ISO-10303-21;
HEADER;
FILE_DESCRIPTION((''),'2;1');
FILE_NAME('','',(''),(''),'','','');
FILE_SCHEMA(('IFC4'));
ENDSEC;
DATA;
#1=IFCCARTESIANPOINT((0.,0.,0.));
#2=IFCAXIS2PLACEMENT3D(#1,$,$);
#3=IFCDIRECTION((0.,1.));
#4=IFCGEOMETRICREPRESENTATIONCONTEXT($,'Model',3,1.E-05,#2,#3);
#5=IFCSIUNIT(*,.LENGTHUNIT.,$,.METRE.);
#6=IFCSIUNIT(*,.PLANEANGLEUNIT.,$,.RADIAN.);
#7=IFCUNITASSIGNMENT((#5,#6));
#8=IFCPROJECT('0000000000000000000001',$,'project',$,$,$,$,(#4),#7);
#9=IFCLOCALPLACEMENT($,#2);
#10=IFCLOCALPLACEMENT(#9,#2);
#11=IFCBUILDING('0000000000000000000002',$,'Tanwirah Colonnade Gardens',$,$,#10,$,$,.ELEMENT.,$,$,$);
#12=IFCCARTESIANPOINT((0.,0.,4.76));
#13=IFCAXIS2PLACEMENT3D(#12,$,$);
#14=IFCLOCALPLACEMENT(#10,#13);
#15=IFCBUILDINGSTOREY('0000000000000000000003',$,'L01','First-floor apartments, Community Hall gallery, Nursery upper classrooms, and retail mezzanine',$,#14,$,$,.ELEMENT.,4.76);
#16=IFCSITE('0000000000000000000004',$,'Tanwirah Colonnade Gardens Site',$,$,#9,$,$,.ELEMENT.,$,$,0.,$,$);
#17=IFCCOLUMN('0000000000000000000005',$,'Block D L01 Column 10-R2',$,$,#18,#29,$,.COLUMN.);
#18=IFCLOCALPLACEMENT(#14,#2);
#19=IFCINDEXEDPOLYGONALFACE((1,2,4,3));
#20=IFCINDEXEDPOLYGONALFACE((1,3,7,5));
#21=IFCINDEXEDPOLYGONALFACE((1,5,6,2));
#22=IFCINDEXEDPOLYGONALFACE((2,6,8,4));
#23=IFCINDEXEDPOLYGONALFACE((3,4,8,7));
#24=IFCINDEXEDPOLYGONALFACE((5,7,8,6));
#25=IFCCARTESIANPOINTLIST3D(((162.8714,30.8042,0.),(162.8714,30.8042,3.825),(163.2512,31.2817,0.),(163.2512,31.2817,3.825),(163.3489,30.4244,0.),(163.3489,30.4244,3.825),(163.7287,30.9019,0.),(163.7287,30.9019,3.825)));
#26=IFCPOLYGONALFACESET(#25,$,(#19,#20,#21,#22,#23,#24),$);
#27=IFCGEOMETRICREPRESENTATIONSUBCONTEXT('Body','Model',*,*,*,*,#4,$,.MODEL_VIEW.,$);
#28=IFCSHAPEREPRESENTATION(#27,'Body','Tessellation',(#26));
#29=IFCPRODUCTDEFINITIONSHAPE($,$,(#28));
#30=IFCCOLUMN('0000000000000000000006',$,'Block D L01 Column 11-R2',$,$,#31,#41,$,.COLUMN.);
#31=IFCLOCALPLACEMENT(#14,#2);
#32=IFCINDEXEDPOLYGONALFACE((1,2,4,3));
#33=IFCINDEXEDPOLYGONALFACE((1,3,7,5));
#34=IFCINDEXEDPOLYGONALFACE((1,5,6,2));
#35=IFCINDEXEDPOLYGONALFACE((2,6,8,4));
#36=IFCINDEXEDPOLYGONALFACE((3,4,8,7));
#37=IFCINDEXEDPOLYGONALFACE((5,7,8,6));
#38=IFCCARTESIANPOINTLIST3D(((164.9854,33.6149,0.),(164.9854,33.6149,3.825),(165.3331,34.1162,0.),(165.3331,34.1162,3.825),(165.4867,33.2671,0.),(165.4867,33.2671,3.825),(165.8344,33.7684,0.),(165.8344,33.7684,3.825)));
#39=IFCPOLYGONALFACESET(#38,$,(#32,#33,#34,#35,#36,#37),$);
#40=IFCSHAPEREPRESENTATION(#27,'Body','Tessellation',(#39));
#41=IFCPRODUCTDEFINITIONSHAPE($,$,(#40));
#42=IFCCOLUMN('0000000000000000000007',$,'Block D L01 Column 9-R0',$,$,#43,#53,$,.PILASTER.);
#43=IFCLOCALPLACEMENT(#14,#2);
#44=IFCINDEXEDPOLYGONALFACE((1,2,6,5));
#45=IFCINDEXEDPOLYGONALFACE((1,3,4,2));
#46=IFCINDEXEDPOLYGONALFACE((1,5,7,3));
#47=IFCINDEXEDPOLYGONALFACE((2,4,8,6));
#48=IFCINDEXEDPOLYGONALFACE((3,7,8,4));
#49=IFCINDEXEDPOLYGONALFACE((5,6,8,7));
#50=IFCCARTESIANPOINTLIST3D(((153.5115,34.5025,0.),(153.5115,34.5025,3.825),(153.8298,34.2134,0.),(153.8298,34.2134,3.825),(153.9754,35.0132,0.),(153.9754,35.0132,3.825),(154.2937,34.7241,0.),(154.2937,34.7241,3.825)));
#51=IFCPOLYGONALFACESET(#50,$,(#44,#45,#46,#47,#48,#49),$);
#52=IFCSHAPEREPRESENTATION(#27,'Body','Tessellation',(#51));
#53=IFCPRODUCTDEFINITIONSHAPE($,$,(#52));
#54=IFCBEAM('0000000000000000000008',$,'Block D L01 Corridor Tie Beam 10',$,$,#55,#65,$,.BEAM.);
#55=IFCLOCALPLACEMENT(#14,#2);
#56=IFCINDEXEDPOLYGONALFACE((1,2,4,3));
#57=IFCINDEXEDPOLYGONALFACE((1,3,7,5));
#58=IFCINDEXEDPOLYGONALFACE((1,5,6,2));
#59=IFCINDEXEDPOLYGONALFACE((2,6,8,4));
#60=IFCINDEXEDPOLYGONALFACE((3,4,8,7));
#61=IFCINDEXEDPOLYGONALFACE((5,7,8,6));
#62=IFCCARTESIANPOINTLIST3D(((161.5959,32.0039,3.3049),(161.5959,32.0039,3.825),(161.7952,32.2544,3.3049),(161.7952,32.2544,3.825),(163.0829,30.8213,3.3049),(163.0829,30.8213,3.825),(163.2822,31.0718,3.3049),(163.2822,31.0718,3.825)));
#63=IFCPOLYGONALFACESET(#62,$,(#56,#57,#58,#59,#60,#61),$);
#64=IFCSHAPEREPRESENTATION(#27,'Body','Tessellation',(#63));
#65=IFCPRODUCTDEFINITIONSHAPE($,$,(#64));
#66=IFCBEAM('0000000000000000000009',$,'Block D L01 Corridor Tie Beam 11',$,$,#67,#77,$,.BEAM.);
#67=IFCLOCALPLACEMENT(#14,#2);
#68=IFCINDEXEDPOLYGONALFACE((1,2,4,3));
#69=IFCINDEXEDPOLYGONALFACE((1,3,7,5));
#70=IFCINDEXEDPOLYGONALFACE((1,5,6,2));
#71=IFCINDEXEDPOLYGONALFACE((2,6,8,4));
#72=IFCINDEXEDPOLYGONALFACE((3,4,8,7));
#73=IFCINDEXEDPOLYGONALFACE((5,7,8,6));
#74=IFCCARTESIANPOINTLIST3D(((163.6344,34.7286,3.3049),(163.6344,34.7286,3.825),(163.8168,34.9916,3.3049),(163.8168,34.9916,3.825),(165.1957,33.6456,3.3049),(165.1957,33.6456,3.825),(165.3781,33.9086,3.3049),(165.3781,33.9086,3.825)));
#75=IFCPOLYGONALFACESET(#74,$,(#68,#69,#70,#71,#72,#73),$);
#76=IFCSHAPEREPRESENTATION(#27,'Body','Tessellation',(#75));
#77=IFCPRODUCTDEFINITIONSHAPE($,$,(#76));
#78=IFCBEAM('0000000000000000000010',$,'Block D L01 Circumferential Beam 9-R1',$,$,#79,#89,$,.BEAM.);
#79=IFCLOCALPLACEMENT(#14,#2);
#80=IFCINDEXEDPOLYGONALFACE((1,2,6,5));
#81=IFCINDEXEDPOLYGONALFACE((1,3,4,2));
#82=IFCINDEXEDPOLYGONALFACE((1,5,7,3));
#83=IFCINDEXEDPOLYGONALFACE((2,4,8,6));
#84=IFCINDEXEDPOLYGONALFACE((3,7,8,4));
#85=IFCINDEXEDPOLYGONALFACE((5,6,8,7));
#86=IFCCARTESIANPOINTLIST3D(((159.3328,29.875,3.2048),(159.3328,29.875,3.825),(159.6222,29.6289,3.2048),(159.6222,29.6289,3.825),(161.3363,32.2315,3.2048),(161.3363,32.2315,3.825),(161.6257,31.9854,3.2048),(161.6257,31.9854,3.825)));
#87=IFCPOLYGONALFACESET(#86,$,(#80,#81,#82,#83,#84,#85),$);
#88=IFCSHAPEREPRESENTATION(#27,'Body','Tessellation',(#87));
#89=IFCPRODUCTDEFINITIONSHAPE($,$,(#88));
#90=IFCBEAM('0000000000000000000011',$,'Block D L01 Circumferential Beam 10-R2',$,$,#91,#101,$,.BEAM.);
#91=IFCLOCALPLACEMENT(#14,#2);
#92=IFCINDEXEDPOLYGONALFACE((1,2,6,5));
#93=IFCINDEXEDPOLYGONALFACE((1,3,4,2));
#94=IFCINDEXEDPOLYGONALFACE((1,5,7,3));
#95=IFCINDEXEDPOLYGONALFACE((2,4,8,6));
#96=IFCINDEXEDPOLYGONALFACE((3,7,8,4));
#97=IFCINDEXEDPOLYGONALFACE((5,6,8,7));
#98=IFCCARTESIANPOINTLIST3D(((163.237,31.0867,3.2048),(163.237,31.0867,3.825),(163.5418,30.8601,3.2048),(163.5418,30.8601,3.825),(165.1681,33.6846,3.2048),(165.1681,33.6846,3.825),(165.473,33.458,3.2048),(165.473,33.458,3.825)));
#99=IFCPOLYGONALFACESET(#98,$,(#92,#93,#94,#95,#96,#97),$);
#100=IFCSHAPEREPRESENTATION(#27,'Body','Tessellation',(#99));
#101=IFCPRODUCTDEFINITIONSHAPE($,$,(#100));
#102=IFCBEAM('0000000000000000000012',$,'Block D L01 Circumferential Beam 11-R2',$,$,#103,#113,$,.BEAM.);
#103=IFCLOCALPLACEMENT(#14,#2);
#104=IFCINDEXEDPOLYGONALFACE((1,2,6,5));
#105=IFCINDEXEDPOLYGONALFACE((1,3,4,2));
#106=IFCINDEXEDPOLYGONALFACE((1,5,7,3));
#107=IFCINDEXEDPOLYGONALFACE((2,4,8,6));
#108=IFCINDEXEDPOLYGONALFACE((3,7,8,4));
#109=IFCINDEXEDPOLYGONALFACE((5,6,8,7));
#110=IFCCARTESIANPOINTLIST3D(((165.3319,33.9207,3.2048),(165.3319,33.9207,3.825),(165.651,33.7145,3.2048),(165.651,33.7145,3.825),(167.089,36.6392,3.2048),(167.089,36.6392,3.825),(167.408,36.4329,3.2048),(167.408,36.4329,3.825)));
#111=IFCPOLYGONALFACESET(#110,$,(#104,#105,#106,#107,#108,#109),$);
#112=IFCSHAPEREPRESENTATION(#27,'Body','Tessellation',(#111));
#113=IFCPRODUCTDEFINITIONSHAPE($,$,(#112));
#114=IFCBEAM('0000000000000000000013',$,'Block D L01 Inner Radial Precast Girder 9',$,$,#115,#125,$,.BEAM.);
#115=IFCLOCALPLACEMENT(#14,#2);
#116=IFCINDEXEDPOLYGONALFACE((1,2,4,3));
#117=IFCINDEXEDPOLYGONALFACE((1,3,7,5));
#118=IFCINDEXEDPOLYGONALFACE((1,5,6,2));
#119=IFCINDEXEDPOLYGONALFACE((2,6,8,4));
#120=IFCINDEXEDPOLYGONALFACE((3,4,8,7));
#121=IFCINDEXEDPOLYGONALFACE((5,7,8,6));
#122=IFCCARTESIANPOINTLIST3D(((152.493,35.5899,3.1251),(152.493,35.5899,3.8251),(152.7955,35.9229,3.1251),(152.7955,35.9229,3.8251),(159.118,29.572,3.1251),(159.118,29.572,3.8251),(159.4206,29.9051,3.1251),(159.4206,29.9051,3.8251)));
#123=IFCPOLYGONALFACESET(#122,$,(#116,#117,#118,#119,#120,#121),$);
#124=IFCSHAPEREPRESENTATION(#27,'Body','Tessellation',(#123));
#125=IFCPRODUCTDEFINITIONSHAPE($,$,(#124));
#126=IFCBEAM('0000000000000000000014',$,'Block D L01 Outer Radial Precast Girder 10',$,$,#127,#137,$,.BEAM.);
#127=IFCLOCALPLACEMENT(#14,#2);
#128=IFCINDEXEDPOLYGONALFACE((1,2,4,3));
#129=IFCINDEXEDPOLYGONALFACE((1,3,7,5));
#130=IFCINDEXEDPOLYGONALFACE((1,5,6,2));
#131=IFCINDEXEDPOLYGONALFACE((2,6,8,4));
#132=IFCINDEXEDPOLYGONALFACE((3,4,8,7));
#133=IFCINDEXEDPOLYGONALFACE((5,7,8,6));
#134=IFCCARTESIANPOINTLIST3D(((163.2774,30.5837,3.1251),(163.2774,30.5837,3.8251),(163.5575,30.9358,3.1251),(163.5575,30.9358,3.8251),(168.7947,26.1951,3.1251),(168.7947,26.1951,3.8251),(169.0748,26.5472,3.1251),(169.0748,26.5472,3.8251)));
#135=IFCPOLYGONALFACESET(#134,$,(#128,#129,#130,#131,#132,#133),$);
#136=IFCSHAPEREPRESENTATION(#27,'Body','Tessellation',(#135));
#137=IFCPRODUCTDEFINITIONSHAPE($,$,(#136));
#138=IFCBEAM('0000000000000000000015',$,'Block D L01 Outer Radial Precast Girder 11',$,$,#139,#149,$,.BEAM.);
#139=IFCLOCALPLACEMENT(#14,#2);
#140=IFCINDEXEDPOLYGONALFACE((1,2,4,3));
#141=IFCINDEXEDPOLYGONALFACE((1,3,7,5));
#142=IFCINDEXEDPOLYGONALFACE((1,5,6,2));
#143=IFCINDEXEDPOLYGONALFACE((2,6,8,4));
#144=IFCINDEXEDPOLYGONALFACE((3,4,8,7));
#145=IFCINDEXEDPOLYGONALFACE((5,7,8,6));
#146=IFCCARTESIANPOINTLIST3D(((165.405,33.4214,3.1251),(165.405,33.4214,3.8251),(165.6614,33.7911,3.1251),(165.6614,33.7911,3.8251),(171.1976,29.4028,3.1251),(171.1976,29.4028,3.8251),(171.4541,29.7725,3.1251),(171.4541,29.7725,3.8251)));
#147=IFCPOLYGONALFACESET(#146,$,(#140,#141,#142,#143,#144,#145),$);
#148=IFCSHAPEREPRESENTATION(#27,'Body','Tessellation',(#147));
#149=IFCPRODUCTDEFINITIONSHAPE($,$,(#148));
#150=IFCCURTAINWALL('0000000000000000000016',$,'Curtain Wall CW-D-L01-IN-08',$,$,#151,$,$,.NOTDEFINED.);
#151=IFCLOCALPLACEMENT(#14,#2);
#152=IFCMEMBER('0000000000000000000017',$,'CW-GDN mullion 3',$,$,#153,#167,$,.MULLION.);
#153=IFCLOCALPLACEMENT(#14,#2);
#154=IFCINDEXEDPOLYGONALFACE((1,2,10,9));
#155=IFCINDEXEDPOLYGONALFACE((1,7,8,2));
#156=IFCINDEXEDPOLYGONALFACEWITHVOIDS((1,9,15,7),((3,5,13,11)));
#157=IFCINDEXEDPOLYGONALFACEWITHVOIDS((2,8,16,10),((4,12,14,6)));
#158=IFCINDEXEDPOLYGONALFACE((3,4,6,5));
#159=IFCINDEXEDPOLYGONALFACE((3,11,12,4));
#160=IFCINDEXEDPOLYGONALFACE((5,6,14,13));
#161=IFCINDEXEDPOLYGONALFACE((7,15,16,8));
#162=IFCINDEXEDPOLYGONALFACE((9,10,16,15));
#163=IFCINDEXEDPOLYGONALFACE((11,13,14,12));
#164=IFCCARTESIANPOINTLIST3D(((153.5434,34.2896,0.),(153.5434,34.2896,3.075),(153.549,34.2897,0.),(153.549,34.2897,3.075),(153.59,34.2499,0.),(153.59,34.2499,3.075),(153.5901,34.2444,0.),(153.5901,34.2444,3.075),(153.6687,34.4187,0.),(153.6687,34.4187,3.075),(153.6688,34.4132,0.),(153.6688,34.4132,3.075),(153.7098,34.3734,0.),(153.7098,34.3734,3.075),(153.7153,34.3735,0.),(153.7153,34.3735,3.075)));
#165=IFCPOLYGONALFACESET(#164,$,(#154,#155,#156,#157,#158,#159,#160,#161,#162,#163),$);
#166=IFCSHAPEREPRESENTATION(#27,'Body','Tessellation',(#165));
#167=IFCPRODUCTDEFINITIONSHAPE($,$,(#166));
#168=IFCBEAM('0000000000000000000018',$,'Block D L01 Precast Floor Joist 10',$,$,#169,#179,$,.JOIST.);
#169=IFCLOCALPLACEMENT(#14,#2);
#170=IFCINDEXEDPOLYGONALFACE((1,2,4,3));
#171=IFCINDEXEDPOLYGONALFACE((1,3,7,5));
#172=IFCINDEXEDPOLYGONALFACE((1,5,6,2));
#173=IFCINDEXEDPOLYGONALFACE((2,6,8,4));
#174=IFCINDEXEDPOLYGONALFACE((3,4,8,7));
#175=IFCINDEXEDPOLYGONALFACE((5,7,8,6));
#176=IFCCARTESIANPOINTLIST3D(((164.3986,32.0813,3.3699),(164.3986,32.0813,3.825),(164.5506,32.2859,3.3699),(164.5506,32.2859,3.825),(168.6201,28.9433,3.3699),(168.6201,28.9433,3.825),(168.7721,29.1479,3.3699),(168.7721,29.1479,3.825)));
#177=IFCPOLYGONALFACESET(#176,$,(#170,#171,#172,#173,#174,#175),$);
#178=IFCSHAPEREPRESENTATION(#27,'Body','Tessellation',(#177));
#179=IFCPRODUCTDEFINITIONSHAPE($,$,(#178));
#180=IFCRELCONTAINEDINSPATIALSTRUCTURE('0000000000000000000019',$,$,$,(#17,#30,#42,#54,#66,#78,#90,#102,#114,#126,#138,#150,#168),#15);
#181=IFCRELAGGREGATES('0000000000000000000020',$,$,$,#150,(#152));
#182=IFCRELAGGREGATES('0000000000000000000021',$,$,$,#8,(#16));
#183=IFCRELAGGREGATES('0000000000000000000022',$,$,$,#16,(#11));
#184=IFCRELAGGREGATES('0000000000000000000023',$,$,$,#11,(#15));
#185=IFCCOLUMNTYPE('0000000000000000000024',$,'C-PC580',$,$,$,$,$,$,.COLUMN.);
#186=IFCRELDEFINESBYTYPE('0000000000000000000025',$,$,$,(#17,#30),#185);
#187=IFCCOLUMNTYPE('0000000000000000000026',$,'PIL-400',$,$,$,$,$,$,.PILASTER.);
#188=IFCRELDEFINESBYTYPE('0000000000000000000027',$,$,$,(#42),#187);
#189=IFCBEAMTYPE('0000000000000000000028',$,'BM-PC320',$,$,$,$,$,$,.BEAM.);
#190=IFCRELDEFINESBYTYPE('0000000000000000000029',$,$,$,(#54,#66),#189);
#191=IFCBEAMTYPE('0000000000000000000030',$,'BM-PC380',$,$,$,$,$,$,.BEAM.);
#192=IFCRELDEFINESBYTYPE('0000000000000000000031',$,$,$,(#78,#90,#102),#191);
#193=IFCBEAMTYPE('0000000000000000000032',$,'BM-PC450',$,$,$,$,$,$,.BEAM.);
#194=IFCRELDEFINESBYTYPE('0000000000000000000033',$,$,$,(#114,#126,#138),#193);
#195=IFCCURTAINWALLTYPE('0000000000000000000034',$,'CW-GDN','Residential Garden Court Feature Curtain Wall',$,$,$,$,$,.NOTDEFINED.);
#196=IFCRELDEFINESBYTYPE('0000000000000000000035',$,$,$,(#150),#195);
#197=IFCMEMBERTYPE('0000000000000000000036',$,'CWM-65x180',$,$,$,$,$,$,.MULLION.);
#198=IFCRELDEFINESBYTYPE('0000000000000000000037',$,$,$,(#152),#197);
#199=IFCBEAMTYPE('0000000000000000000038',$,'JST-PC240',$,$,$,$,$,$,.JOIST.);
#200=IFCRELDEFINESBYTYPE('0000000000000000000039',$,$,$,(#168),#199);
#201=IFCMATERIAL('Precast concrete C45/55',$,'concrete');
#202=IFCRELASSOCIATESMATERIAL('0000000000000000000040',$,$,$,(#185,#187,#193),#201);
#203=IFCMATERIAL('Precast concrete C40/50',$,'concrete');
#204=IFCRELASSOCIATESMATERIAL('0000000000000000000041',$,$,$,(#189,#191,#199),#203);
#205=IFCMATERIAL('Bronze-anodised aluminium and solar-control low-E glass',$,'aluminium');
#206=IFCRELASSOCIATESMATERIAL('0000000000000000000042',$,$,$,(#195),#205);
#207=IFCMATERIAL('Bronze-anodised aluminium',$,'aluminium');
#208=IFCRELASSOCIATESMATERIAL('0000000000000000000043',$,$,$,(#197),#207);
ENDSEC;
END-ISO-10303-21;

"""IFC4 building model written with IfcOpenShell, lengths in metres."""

from ifc_helpers import new_model, si_unit, direction, frame, origin, origin_2d, place, context, subcontext, project, spatial, rectangle, hollow_rectangle, extrude, material, material_profile, profile_set, type_object, element, aggregate, save


model = new_model("IFC4")

# Units and contexts
model_context = context("Model", 3, precision=1e-05, world=origin(), true_north=direction((0.0, 1.0)))
body_context = subcontext(model_context, "Body", "Model", "MODEL_VIEW")
ifc_project = project(units=[si_unit("LENGTHUNIT", "METRE"), si_unit("PLANEANGLEUNIT", "RADIAN")], contexts=[model_context])

# Site, building, storey
site_placement = place(None, origin())
site = spatial("IfcSite", under=ifc_project, at=site_placement, Name="Tanwirah Colonnade Gardens Site", CompositionType="ELEMENT", RefElevation=0.0)
building_placement = place(site_placement, origin())
building = spatial("IfcBuilding", under=site, at=building_placement, Name="Tanwirah Colonnade Gardens", CompositionType="ELEMENT")
storey_placement = place(building_placement, frame((0.0, 0.0, 4.76)))
storey = spatial("IfcBuildingStorey", under=building, at=storey_placement, Name="L01", Description="First-floor apartments, Community Hall gallery, Nursery upper classrooms, and retail mezzanine", CompositionType="ELEMENT", Elevation=4.76)

# Columns
ifc_material_1 = material(Name="Precast concrete C45/55", Category="concrete")
ifc_material_profile_1 = material_profile(ifc_material_1, rectangle(XDim=0.6101, YDim=0.6101, at=origin_2d()), Name="PC-COL 610x610")
ifc_profile_set_1 = profile_set([ifc_material_profile_1], Name="Precast concrete C45/55")
column_type_1 = type_object("IfcColumnType", Name="C-PC580", PredefinedType="COLUMN", material=ifc_profile_set_1)
for number, where, z_axis, x_axis, name in (
    (1, (163.3, 30.853, 0.0), (0.0, 0.0, 1.0), (0.782608, -0.622515, 0.0), "Block D L01 Column 10-R2"),
    (2, (165.4099, 33.6917, 0.0), (0.0, 0.0, 1.0), (0.821647, -0.569997, 0.0), "Block D L01 Column 11-R2"),
):
    element("IfcColumn", number, at=place(storey_placement, frame(where, z_axis=z_axis, x_axis=x_axis)), inside=storey, type_object=column_type_1, Name=name, PredefinedType="COLUMN", context=body_context, shape_type="SweptSolid", body=[
        extrude(rectangle(XDim=0.6101, YDim=0.6101, at=origin_2d()), origin(), (0.0, 0.0, 1.0), 3.825),
    ])
ifc_material_profile_2 = material_profile(ifc_material_1, rectangle(XDim=0.4299, YDim=0.6899, at=origin_2d()), Name="PC-PIL 430x690")
ifc_profile_set_2 = profile_set([ifc_material_profile_2], Name="Precast concrete C45/55")
column_type_2 = type_object("IfcColumnType", Name="PIL-400", PredefinedType="PILASTER", material=ifc_profile_set_2)
column_placement = place(storey_placement, frame((153.9026, 34.6133, 0.0), z_axis=(0.0, 0.0, 1.0), x_axis=(0.740218, -0.672367, 0.0)))
element("IfcColumn", 3, at=column_placement, inside=storey, type_object=column_type_2, Name="Block D L01 Column 9-R0", PredefinedType="PILASTER", context=body_context, shape_type="SweptSolid", body=[
    extrude(rectangle(XDim=0.4299, YDim=0.6899, at=origin_2d()), origin(), (0.0, 0.0, 1.0), 3.825),
])

# Beams
ifc_material_2 = material(Name="Precast concrete C40/50", Category="concrete")
ifc_material_profile_3 = material_profile(ifc_material_2, rectangle(XDim=0.3201, YDim=0.52, at=origin_2d()), Name="PC-BM 320x520")
ifc_profile_set_3 = profile_set([ifc_material_profile_3], Name="Precast concrete C40/50")
beam_type_1 = type_object("IfcBeamType", Name="BM-PC320", PredefinedType="BEAM", material=ifc_profile_set_3)
beam_1_placement = place(storey_placement, frame((161.6956, 32.1292, 3.5649), z_axis=(0.782671, -0.622436, 0.0), x_axis=(0.622436, 0.782671, 0.0)))
element("IfcBeam", 4, at=beam_1_placement, inside=storey, type_object=beam_type_1, Name="Block D L01 Corridor Tie Beam 10", PredefinedType="BEAM", context=body_context, shape_type="SweptSolid", body=[
    extrude(rectangle(XDim=0.3201, YDim=0.52, at=origin_2d()), origin(), (0.0, 0.0, 1.0), 1.8999),
])
beam_2_placement = place(storey_placement, frame((163.7256, 34.8601, 3.5649), z_axis=(0.821669, -0.569965, 0.0), x_axis=(0.569965, 0.821669, 0.0)))
element("IfcBeam", 5, at=beam_2_placement, inside=storey, type_object=beam_type_1, Name="Block D L01 Corridor Tie Beam 11", PredefinedType="BEAM", context=body_context, shape_type="SweptSolid", body=[
    extrude(rectangle(XDim=0.3201, YDim=0.52, at=origin_2d()), origin(), (0.0, 0.0, 1.0), 1.9001),
])
ifc_material_profile_4 = material_profile(ifc_material_2, rectangle(XDim=0.3799, YDim=0.6201, at=origin_2d()), Name="PC-BM 380x620")
ifc_profile_set_4 = profile_set([ifc_material_profile_4], Name="Precast concrete C40/50")
beam_type_2 = type_object("IfcBeamType", Name="BM-PC380", PredefinedType="BEAM", material=ifc_profile_set_4)
beam_3_placement = place(storey_placement, frame((159.4775, 29.752, 3.5149), z_axis=(0.647731, 0.761869, 0.0), x_axis=(-0.761869, 0.647731, 0.0)))
element("IfcBeam", 6, at=beam_3_placement, inside=storey, type_object=beam_type_2, Name="Block D L01 Circumferential Beam 9-R1", PredefinedType="BEAM", context=body_context, shape_type="SweptSolid", body=[
    extrude(rectangle(XDim=0.3799, YDim=0.6201, at=origin_2d()), origin(), (0.0, 0.0, 1.0), 3.093),
])
beam_4_placement = place(storey_placement, frame((163.3894, 30.9734, 3.5149), z_axis=(0.596579, 0.802554, 0.0), x_axis=(-0.802554, 0.596579, 0.0)))
element("IfcBeam", 7, at=beam_4_placement, inside=storey, type_object=beam_type_2, Name="Block D L01 Circumferential Beam 10-R2", PredefinedType="BEAM", context=body_context, shape_type="SweptSolid", body=[
    extrude(rectangle(XDim=0.3799, YDim=0.6201, at=origin_2d()), origin(), (0.0, 0.0, 1.0), 3.2371),
])
beam_5_placement = place(storey_placement, frame((165.4915, 33.8176, 3.5149), z_axis=(0.542826, 0.839845, 0.0), x_axis=(-0.839845, 0.542826, 0.0)))
element("IfcBeam", 8, at=beam_5_placement, inside=storey, type_object=beam_type_2, Name="Block D L01 Circumferential Beam 11-R2", PredefinedType="BEAM", context=body_context, shape_type="SweptSolid", body=[
    extrude(rectangle(XDim=0.3799, YDim=0.6201, at=origin_2d()), origin(), (0.0, 0.0, 1.0), 3.2368),
])
ifc_material_profile_5 = material_profile(ifc_material_1, rectangle(XDim=0.45, YDim=0.7, at=origin_2d()), Name="PC-BM 450x700")
ifc_profile_set_5 = profile_set([ifc_material_profile_5], Name="Precast concrete C45/55")
beam_type_3 = type_object("IfcBeamType", Name="BM-PC450", PredefinedType="BEAM", material=ifc_profile_set_5)
beam_6_placement = place(storey_placement, frame((159.2693, 29.7385, 3.4751), z_axis=(-0.740213, 0.672373, 0.0), x_axis=(-0.672373, -0.740213, 0.0)))
element("IfcBeam", 9, at=beam_6_placement, inside=storey, type_object=beam_type_3, Name="Block D L01 Inner Radial Precast Girder 9", PredefinedType="BEAM", context=body_context, shape_type="SweptSolid", body=[
    extrude(rectangle(XDim=0.45, YDim=0.7, at=origin_2d()), origin(), (0.0, 0.0, 1.0), 8.9502),
])
beam_7_placement = place(storey_placement, frame((163.4175, 30.7598, 3.4751), z_axis=(0.782609, -0.622513, 0.0), x_axis=(0.622513, 0.782609, 0.0)))
element("IfcBeam", 10, at=beam_7_placement, inside=storey, type_object=beam_type_3, Name="Block D L01 Outer Radial Precast Girder 10", PredefinedType="BEAM", context=body_context, shape_type="SweptSolid", body=[
    extrude(rectangle(XDim=0.45, YDim=0.7, at=origin_2d()), origin(), (0.0, 0.0, 1.0), 7.0498),
])
beam_8_placement = place(storey_placement, frame((165.5332, 33.6062, 3.4751), z_axis=(0.821647, -0.569997, 0.0), x_axis=(0.569997, 0.821647, 0.0)))
element("IfcBeam", 11, at=beam_8_placement, inside=storey, type_object=beam_type_3, Name="Block D L01 Outer Radial Precast Girder 11", PredefinedType="BEAM", context=body_context, shape_type="SweptSolid", body=[
    extrude(rectangle(XDim=0.45, YDim=0.7, at=origin_2d()), origin(), (0.0, 0.0, 1.0), 7.05),
])

# Curtain wall, member
ifc_material_3 = material(Name="Bronze-anodised aluminium and solar-control low-E glass", Category="aluminium")
curtain_wall_type = type_object("IfcCurtainWallType", Name="CW-GDN", Description="Residential Garden Court Feature Curtain Wall", PredefinedType="NOTDEFINED", material=ifc_material_3)
curtain_wall_placement = place(storey_placement, origin())
curtain_wall = element("IfcCurtainWall", 12, at=curtain_wall_placement, inside=storey, type_object=curtain_wall_type, Name="Curtain Wall CW-D-L01-IN-08", PredefinedType="NOTDEFINED")
ifc_material_4 = material(Name="Bronze-anodised aluminium", Category="aluminium")
ifc_material_profile_6 = material_profile(ifc_material_4, hollow_rectangle(XDim=0.0649, YDim=0.1799, WallThickness=0.0039, at=origin_2d()), Name="CW-MUL 65x180x4")
ifc_profile_set_6 = profile_set([ifc_material_profile_6], Name="Bronze-anodised aluminium")
member_type = type_object("IfcMemberType", Name="CWM-65x180", PredefinedType="MULLION", material=ifc_profile_set_6)
member_placement = place(storey_placement, frame((153.6294, 34.3315, 0.0), z_axis=(0.0, 0.0, 1.0), x_axis=(-0.717825, 0.696223, 0.0)))
member = element("IfcMember", 13, at=member_placement, type_object=member_type, Name="CW-GDN mullion 3", PredefinedType="MULLION", context=body_context, shape_type="SweptSolid", body=[
    extrude(hollow_rectangle(XDim=0.0649, YDim=0.1799, WallThickness=0.0039, at=origin_2d()), origin(), (0.0, 0.0, 1.0), 3.075),
])

# Beam
ifc_material_profile_7 = material_profile(ifc_material_2, rectangle(XDim=0.2549, YDim=0.4551, at=origin_2d()), Name="PC-JST 255x455")
ifc_profile_set_7 = profile_set([ifc_material_profile_7], Name="Precast concrete C40/50")
beam_type_4 = type_object("IfcBeamType", Name="JST-PC240", PredefinedType="JOIST", material=ifc_profile_set_7)
beam_9_placement = place(storey_placement, frame((164.4746, 32.1836, 3.5974), z_axis=(0.80256, -0.596571, 0.0), x_axis=(0.596571, 0.80256, 0.0)))
element("IfcBeam", 14, at=beam_9_placement, inside=storey, type_object=beam_type_4, Name="Block D L01 Precast Floor Joist 10", PredefinedType="JOIST", context=body_context, shape_type="SweptSolid", body=[
    extrude(rectangle(XDim=0.2549, YDim=0.4551, at=origin_2d()), origin(), (0.0, 0.0, 1.0), 5.26),
])

aggregate(curtain_wall, [member])

save(model, "model.ifc")
